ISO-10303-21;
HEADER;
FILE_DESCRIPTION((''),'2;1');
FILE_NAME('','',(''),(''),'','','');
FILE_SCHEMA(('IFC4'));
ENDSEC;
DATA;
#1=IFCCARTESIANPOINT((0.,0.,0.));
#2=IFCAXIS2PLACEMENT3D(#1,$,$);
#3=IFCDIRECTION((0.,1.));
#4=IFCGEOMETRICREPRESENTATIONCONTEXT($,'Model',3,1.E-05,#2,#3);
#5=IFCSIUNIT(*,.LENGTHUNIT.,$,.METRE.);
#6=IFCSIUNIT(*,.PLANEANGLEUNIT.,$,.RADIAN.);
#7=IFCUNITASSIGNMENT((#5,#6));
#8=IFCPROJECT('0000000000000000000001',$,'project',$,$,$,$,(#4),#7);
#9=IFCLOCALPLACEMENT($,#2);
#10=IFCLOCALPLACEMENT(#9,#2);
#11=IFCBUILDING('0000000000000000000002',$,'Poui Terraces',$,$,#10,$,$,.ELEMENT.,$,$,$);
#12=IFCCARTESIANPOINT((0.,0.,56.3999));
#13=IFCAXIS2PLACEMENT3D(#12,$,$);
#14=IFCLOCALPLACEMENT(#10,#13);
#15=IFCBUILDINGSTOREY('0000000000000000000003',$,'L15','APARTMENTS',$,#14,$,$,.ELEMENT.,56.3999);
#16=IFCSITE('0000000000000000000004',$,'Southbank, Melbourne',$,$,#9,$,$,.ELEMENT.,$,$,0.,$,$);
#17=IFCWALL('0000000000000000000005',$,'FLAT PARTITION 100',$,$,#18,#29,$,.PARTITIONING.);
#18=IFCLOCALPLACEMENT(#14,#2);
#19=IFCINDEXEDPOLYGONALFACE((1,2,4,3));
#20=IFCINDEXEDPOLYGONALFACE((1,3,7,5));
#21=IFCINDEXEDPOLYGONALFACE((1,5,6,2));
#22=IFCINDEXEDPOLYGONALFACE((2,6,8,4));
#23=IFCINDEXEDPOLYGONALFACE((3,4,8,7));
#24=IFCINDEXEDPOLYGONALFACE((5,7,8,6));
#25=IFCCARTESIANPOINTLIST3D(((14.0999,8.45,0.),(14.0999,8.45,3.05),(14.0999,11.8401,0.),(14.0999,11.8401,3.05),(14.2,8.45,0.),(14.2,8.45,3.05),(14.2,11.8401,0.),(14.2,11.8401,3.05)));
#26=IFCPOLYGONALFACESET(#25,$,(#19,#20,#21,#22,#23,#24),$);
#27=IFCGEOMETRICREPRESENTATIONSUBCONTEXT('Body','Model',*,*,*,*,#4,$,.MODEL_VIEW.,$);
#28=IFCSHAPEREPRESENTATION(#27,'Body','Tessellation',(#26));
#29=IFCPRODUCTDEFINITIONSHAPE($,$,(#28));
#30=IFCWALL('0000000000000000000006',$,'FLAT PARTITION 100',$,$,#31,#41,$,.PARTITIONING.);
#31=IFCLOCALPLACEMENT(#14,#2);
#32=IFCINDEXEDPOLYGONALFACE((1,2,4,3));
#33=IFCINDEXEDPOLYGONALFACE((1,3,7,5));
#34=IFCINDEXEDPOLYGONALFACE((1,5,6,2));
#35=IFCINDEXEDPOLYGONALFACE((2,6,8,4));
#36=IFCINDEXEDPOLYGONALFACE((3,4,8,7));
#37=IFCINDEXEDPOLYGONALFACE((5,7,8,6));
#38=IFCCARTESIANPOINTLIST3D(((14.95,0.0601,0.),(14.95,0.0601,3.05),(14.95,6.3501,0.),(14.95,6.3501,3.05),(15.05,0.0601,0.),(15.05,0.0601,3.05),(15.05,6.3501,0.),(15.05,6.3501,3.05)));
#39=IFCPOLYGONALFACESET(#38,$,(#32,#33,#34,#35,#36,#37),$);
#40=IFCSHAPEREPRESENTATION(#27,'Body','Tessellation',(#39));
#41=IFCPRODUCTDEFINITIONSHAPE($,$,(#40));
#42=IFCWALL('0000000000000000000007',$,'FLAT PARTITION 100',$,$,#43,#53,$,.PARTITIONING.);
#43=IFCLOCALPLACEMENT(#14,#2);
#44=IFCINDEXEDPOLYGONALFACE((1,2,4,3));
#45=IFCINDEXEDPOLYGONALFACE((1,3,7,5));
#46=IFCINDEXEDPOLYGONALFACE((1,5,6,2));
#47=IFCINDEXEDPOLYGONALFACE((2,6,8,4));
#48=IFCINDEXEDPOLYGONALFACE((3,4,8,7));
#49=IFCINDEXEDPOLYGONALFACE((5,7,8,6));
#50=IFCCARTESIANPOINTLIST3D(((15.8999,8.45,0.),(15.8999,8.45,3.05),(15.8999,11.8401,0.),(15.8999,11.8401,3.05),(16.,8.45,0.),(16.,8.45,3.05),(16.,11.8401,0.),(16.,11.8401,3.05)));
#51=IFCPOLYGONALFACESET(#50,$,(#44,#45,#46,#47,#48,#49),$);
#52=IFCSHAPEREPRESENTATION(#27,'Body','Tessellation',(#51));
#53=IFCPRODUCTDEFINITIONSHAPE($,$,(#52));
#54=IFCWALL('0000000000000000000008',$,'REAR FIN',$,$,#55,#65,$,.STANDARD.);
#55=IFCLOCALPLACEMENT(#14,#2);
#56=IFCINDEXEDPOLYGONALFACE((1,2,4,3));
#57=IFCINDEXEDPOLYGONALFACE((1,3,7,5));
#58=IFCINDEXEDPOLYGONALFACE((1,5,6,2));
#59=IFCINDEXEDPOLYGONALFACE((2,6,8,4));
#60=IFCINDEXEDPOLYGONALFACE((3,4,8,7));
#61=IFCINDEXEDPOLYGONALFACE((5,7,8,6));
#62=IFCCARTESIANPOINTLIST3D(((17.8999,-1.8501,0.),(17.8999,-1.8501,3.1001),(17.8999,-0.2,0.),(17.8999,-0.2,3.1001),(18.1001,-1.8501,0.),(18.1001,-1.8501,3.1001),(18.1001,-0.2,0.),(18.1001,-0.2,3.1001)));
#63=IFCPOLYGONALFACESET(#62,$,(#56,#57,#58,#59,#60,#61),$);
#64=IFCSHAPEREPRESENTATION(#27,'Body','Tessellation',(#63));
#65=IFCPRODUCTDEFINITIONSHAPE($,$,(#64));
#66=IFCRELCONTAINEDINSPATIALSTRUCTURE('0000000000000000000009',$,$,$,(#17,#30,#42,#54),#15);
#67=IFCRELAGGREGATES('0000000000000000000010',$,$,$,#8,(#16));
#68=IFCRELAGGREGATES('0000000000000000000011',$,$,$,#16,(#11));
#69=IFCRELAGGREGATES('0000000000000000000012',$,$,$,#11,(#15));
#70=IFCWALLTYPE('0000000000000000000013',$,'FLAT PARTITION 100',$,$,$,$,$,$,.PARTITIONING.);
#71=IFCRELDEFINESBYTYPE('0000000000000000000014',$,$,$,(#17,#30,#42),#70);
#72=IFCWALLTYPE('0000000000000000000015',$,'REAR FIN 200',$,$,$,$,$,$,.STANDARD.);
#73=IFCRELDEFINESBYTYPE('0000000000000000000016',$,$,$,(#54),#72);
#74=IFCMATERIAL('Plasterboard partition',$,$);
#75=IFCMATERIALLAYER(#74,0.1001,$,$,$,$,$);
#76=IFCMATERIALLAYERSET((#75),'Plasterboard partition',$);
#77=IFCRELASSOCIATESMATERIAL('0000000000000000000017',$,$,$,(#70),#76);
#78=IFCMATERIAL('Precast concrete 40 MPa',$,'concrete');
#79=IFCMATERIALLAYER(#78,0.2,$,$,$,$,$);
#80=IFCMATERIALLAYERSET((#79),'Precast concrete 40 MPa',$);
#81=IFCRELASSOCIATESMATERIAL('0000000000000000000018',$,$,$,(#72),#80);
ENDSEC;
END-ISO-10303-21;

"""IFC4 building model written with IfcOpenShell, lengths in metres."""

from ifc_helpers import new_model, si_unit, direction, frame, frame_2d, origin, place, context, subcontext, project, spatial, polyline, rectangle, outline, extrude, source, transform, mapped, material, layer, layer_set, type_object, element, save


model = new_model("IFC4")

# Units and contexts
model_context = context("Model", 3, precision=1e-05, world=origin(), true_north=direction((0.0, 1.0)))
body_context = subcontext(model_context, "Body", "Model", "MODEL_VIEW")
ifc_project = project(units=[si_unit("LENGTHUNIT", "METRE"), si_unit("PLANEANGLEUNIT", "RADIAN")], contexts=[model_context])

# Site, building, storey
site_placement = place(None, origin())
site = spatial("IfcSite", under=ifc_project, at=site_placement, Name="Southbank, Melbourne", CompositionType="ELEMENT", RefElevation=0.0)
building_placement = place(site_placement, origin())
building = spatial("IfcBuilding", under=site, at=building_placement, Name="Poui Terraces", CompositionType="ELEMENT")
storey_placement = place(building_placement, frame((0.0, 0.0, 56.3999)))
storey = spatial("IfcBuildingStorey", under=building, at=storey_placement, Name="L15", Description="APARTMENTS", CompositionType="ELEMENT", Elevation=56.3999)

# Shared definitions
ifc_material_1 = material(Name="Precast concrete 40 MPa", Category="concrete")

# Shared definitions
ifc_material_2 = material(Name="Plasterboard partition")
ifc_layer_1 = layer(ifc_material_2, 0.1001)
ifc_layer_set_1 = layer_set([ifc_layer_1], Name="Plasterboard partition")
wall_type_1 = type_object("IfcWallType", Name="FLAT PARTITION 100", PredefinedType="PARTITIONING", material=ifc_layer_set_1)

# Walls
wall_1_placement = place(storey_placement, frame((14.1499, 8.45, 0.0), z_axis=(0.0, 0.0, 1.0), x_axis=(0.0, 1.0, 0.0)))
element("IfcWall", 1, at=wall_1_placement, inside=storey, type_object=wall_type_1, Name="FLAT PARTITION 100", PredefinedType="PARTITIONING", context=body_context, shape_type="SweptSolid", body=[
    extrude(rectangle(XDim=3.3901, YDim=0.1001, at=frame_2d((1.6951, 0.0))), origin(), (0.0, 0.0, 1.0), 3.05),
])
wall_2_placement = place(storey_placement, frame((15.0, 0.0601, 0.0), z_axis=(0.0, 0.0, 1.0), x_axis=(0.0, 1.0, 0.0)))
element("IfcWall", 2, at=wall_2_placement, inside=storey, type_object=wall_type_1, Name="FLAT PARTITION 100", PredefinedType="PARTITIONING", context=body_context, shape_type="SweptSolid", body=[
    extrude(rectangle(XDim=6.29, YDim=0.1001, at=frame_2d((3.145, 0.0))), origin(), (0.0, 0.0, 1.0), 3.05),
])
wall_3_placement = place(storey_placement, frame((15.95, 8.45, 0.0), z_axis=(0.0, 0.0, 1.0), x_axis=(0.0, 1.0, 0.0)))
element("IfcWall", 3, at=wall_3_placement, inside=storey, type_object=wall_type_1, Name="FLAT PARTITION 100", PredefinedType="PARTITIONING", context=body_context, shape_type="SweptSolid", body=[
    extrude(rectangle(XDim=3.3901, YDim=0.1001, at=frame_2d((1.6951, 0.0))), origin(), (0.0, 0.0, 1.0), 3.05),
])
ifc_layer_2 = layer(ifc_material_1, 0.2)
ifc_layer_set_2 = layer_set([ifc_layer_2], Name="Precast concrete 40 MPa")
wall_type_2 = type_object("IfcWallType", Name="REAR FIN 200", PredefinedType="STANDARD", material=ifc_layer_set_2)
shared_shape_1 = source(origin(), body_context, "Body", "SweptSolid", [
    extrude(outline(polyline([(0.0, 0.0), (0.2002, 0.0), (0.2002, 1.6501), (0.0, 1.6501), (0.0, 0.0)])), origin(), (0.0, 0.0, 1.0), 3.1001),
])
wall_4_placement = place(storey_placement, frame((17.8999, -1.8501, 0.0)))
element("IfcWall", 4, at=wall_4_placement, inside=storey, type_object=wall_type_2, Name="REAR FIN", PredefinedType="STANDARD", context=body_context, shape_type="MappedRepresentation", body=[
    mapped(shared_shape_1, transform((0.0, 0.0, 0.0))),
])

save(model, "model.ifc")
